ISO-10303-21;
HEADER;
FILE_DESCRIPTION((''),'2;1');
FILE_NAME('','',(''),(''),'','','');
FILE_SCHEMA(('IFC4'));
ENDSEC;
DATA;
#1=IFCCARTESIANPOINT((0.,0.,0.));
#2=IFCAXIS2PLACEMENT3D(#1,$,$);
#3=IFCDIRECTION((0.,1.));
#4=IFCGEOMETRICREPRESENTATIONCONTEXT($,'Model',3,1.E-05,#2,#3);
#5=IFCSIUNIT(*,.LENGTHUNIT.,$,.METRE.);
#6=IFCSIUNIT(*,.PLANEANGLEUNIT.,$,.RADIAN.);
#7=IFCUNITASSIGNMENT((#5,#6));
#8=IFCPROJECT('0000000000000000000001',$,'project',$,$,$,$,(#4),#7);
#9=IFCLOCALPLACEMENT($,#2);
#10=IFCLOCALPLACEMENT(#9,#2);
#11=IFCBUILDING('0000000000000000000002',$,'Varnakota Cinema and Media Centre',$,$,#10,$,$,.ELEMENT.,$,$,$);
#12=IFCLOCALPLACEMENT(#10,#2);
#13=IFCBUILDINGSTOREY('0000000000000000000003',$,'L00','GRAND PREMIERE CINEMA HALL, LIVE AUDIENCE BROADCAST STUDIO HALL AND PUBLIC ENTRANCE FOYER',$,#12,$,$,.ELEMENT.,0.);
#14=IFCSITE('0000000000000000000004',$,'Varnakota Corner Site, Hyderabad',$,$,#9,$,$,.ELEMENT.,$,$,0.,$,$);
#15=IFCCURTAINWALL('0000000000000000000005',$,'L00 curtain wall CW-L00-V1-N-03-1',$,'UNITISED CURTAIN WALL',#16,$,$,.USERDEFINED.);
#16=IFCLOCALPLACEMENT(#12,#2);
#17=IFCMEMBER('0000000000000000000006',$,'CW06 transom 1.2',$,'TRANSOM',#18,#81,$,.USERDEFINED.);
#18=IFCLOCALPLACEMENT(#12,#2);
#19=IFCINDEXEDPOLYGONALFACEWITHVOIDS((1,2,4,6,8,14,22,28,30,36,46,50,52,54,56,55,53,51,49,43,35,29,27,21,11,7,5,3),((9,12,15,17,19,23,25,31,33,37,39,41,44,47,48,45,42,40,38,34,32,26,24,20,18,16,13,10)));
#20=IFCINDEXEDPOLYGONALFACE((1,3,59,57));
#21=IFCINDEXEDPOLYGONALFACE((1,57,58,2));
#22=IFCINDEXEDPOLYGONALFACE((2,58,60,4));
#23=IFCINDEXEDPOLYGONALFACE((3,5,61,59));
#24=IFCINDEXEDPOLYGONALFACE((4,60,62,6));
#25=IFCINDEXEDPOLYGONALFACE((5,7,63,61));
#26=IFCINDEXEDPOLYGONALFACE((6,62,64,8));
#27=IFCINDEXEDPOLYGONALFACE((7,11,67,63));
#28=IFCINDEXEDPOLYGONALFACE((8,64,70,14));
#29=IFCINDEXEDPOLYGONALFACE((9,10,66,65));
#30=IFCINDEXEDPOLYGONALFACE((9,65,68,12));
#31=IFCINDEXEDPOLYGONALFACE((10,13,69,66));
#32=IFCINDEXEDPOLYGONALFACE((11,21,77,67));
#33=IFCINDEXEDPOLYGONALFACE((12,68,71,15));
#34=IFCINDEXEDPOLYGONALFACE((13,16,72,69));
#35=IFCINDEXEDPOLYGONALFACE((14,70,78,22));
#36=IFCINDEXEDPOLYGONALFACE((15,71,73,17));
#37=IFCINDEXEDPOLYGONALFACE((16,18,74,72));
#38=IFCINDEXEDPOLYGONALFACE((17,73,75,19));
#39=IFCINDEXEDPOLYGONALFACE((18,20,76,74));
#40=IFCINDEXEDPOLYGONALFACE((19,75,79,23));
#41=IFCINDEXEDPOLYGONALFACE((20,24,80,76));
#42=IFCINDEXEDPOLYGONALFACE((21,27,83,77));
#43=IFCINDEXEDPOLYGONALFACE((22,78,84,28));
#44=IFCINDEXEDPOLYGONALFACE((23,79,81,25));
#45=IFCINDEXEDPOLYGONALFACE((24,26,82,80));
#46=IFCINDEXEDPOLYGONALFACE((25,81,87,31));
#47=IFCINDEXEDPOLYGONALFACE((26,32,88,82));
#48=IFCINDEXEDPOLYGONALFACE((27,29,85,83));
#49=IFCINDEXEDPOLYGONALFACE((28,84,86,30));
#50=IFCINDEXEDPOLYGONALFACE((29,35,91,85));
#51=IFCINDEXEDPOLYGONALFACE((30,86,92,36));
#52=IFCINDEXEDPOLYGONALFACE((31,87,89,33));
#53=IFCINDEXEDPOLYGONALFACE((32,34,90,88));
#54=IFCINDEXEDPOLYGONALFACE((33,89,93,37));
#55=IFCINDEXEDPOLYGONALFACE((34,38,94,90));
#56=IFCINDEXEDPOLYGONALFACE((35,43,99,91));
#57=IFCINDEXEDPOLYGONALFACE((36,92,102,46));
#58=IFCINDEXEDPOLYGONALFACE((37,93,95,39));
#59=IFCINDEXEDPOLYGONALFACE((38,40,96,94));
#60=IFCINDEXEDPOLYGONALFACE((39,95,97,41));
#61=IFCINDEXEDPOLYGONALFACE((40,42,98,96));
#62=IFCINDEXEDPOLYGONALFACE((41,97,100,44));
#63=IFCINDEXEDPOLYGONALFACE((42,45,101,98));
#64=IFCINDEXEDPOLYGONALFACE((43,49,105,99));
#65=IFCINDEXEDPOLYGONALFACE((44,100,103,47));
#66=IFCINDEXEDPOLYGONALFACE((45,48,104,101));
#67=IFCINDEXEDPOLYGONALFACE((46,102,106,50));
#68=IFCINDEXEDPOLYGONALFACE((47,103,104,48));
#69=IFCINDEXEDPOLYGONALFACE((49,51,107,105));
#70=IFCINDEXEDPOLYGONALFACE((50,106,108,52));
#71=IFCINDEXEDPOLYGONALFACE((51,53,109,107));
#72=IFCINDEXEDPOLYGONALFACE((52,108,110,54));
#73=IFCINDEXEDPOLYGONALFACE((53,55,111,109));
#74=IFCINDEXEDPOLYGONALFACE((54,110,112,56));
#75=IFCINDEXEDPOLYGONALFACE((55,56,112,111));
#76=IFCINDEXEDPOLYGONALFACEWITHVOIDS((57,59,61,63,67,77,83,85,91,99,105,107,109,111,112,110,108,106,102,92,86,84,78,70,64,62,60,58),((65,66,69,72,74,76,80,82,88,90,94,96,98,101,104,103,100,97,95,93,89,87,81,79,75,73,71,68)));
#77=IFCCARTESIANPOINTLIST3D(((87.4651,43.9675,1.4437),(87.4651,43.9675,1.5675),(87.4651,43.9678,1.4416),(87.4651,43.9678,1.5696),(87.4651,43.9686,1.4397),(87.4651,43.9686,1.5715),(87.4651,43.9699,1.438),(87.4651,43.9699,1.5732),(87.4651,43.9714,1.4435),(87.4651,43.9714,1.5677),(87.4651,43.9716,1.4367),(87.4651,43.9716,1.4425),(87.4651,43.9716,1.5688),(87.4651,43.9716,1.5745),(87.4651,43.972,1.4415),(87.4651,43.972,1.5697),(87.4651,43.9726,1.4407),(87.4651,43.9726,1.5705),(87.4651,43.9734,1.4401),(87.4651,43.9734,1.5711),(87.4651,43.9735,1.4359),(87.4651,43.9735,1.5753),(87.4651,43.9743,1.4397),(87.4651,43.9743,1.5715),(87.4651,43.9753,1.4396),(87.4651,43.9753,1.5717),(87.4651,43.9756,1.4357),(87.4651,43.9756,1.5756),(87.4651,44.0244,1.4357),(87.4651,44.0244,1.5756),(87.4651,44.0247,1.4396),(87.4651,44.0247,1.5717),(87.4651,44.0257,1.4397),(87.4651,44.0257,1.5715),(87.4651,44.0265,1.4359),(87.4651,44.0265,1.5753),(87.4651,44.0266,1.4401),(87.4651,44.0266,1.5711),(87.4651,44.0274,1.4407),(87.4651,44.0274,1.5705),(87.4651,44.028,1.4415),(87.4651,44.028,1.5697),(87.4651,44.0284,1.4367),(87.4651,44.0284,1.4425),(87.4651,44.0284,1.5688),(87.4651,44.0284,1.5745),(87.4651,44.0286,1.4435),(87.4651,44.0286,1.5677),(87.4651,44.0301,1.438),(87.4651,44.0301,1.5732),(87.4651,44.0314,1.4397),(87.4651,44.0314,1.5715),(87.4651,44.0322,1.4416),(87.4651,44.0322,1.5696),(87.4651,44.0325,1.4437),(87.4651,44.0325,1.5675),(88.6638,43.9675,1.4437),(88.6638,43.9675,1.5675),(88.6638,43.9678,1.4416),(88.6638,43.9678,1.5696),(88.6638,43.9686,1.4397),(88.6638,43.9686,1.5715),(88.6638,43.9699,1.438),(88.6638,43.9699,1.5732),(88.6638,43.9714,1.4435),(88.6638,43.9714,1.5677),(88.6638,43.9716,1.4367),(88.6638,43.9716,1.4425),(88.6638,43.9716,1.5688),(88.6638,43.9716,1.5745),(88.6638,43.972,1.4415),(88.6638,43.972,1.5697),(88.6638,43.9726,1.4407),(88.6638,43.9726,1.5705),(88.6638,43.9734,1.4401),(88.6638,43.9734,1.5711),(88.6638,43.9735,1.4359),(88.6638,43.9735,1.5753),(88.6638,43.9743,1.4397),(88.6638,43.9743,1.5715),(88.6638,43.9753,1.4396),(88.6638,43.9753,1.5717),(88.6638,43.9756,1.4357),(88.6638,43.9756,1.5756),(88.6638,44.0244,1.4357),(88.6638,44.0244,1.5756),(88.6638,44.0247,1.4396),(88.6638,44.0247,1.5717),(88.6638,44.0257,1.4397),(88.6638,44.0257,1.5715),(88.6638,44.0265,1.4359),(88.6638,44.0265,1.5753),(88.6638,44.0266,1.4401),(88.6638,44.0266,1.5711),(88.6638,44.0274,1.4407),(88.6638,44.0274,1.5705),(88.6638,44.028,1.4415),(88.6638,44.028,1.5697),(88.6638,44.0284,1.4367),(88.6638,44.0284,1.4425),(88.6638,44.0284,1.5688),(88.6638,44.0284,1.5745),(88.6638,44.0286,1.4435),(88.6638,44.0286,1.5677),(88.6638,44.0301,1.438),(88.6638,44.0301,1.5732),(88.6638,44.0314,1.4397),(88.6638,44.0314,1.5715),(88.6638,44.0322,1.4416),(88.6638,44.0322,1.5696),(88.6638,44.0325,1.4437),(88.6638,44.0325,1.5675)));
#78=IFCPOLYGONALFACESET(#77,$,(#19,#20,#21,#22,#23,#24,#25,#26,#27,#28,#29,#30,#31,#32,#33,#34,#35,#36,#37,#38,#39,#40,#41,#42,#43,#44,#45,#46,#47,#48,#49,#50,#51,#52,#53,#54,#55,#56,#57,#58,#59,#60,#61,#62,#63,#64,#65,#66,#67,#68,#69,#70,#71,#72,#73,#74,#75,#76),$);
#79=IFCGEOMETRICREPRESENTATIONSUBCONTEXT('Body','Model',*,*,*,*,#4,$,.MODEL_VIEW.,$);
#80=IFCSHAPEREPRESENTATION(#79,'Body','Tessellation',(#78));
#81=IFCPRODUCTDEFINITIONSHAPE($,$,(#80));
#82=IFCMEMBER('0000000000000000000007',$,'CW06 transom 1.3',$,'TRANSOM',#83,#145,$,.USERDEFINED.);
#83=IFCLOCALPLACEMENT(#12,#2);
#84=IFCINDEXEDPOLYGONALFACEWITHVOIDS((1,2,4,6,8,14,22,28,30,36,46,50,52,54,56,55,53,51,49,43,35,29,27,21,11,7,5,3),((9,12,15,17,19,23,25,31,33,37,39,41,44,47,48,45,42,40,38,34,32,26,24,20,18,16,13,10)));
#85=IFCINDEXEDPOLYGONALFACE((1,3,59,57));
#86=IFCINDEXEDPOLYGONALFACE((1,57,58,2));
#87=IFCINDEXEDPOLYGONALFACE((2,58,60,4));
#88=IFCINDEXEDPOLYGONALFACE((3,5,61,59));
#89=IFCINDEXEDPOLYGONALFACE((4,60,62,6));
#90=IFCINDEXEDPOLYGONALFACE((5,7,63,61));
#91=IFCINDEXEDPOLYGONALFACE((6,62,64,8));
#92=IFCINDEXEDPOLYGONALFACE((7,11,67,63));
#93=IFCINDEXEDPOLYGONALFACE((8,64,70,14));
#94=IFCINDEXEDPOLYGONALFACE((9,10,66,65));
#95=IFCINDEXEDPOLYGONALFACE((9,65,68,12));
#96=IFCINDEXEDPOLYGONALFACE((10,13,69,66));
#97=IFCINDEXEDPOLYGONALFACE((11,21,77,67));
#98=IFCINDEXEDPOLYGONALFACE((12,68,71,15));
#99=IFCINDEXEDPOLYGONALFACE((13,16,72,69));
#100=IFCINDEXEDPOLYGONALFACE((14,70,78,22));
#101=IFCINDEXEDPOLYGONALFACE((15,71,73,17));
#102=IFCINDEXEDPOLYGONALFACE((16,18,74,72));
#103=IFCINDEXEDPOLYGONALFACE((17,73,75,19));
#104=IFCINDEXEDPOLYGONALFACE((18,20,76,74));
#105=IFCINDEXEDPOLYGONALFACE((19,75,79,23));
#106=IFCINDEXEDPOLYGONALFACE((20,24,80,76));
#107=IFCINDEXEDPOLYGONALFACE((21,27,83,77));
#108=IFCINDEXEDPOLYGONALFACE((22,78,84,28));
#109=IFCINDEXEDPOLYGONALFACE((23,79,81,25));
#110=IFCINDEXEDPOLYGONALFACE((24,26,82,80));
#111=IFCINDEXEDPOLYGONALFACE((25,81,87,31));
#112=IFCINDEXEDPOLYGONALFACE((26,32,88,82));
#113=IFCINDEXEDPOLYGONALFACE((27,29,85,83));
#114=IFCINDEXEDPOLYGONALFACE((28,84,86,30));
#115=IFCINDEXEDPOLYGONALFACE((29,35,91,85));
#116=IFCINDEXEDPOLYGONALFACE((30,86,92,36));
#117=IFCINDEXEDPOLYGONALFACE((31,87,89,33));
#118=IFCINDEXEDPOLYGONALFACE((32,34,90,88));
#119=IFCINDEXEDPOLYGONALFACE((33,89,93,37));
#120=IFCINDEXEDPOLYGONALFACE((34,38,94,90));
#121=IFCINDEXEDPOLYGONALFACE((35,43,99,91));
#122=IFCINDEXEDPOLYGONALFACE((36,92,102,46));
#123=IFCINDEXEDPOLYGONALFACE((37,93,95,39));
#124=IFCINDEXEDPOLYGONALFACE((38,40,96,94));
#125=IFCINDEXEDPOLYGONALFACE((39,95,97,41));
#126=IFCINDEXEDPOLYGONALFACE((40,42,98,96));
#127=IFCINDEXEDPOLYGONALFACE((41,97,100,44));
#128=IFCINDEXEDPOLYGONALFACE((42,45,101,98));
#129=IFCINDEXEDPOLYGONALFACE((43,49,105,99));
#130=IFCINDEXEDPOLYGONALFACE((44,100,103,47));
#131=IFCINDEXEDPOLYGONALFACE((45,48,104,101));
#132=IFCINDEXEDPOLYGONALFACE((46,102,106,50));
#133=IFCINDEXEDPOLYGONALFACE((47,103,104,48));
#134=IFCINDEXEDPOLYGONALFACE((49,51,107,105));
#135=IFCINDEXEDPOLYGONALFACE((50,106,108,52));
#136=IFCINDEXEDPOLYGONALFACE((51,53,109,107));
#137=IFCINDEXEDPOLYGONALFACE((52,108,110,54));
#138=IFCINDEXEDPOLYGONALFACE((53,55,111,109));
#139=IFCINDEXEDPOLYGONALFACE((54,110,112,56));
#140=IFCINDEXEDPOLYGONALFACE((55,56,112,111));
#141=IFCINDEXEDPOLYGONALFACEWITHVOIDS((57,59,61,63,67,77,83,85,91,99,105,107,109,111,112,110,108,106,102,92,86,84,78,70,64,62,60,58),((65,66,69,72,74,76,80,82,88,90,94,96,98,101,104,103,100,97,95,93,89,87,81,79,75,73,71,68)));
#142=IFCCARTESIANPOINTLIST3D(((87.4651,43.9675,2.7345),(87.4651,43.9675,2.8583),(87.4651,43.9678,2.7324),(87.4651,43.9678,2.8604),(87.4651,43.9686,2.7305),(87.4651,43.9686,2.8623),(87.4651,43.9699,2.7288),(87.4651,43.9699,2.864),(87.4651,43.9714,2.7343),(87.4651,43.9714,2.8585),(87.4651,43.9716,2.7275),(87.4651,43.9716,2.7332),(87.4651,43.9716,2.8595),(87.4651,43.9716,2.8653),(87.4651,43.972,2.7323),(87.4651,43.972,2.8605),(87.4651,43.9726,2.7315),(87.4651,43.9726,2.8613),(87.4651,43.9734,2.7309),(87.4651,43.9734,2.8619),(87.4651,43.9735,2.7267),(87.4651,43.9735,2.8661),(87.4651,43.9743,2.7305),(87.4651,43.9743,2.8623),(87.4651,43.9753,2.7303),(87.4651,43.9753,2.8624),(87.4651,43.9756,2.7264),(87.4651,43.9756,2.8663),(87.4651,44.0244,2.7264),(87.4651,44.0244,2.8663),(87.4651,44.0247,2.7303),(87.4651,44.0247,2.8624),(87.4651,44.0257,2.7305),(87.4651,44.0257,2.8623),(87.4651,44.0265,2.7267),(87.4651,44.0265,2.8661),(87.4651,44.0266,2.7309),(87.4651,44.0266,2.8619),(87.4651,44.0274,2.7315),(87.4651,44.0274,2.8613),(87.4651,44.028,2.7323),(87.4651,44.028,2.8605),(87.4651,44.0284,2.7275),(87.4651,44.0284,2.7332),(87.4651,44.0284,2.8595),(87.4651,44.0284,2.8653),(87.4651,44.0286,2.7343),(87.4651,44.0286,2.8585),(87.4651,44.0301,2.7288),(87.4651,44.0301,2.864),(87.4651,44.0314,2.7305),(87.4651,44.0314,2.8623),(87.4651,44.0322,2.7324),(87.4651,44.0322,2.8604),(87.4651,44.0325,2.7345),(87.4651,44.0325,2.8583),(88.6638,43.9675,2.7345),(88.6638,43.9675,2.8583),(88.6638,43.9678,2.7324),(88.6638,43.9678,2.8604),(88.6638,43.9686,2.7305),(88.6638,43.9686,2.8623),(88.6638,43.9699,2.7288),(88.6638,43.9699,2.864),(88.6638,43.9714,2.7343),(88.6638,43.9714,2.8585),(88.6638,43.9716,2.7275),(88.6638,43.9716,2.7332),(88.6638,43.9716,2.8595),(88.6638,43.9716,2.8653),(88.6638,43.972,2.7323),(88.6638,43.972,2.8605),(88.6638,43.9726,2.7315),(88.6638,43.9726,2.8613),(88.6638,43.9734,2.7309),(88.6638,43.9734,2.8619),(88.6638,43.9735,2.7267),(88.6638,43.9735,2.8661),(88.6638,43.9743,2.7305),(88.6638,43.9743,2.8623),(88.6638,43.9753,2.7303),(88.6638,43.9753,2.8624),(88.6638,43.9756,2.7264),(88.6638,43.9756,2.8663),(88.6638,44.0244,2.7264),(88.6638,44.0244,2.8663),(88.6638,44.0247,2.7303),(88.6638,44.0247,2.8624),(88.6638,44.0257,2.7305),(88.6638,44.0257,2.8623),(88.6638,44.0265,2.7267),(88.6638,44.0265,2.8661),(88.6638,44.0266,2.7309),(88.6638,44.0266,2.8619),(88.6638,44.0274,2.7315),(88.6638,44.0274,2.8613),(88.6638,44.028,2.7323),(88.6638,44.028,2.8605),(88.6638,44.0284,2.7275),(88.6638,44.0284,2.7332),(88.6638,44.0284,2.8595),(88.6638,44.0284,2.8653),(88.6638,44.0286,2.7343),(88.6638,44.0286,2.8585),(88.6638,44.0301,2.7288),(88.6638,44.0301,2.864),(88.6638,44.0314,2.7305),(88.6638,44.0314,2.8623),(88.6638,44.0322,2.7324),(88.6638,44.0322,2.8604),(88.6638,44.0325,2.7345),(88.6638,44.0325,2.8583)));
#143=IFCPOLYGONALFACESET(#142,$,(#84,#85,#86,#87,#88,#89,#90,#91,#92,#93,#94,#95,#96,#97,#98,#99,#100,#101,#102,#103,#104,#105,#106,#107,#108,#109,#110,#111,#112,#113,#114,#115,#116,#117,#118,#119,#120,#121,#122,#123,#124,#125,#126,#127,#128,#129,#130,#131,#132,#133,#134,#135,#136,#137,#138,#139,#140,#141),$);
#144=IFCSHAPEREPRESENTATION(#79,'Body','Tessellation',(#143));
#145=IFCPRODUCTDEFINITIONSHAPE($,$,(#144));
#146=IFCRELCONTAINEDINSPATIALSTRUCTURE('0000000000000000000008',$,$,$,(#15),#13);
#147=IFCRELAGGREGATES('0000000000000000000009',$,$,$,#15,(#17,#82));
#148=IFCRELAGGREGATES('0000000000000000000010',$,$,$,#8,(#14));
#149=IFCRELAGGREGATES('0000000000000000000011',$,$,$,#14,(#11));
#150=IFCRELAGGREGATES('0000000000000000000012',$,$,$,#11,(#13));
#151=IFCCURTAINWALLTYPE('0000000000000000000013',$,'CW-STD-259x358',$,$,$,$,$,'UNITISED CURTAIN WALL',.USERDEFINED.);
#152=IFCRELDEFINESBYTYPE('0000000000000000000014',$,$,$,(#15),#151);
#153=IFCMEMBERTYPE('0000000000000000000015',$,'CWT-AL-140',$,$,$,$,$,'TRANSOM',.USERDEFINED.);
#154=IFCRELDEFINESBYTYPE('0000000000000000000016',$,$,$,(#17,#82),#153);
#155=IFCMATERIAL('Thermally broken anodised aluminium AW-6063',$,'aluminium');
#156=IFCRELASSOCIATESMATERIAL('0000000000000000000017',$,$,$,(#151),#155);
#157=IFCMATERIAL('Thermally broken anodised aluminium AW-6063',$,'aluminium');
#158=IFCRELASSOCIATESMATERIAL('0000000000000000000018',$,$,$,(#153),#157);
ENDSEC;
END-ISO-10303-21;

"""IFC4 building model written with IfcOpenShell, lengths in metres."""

from ifc_helpers import new_model, si_unit, direction, frame, origin, origin_2d, place, context, subcontext, project, spatial, hollow_rectangle, extrude, material, material_profile, profile_set, type_object, element, aggregate, save


model = new_model("IFC4")

# Units and contexts
model_context = context("Model", 3, precision=1e-05, world=origin(), true_north=direction((0.0, 1.0)))
body_context = subcontext(model_context, "Body", "Model", "MODEL_VIEW")
ifc_project = project(units=[si_unit("LENGTHUNIT", "METRE"), si_unit("PLANEANGLEUNIT", "RADIAN")], contexts=[model_context])

# Site, building, storey
site_placement = place(None, origin())
site = spatial("IfcSite", under=ifc_project, at=site_placement, Name="Varnakota Corner Site, Hyderabad", CompositionType="ELEMENT", RefElevation=0.0)
building_placement = place(site_placement, origin())
building = spatial("IfcBuilding", under=site, at=building_placement, Name="Varnakota Cinema and Media Centre", CompositionType="ELEMENT")
storey_placement = place(building_placement, origin())
storey = spatial("IfcBuildingStorey", under=building, at=storey_placement, Name="L00", Description="GRAND PREMIERE CINEMA HALL, LIVE AUDIENCE BROADCAST STUDIO HALL AND PUBLIC ENTRANCE FOYER", CompositionType="ELEMENT", Elevation=0.0)

# Curtain wall
ifc_material_1 = material(Name="Thermally broken anodised aluminium AW-6063", Category="aluminium")
curtain_wall_type = type_object("IfcCurtainWallType", Name="CW-STD-259x358", ElementType="UNITISED CURTAIN WALL", PredefinedType="USERDEFINED", material=ifc_material_1)
curtain_wall_1_placement = place(storey_placement, origin())
curtain_wall_1 = element("IfcCurtainWall", 1, at=curtain_wall_1_placement, inside=storey, type_object=curtain_wall_type, Name="L00 curtain wall CW-L00-V1-N-03-1", ObjectType="UNITISED CURTAIN WALL", PredefinedType="USERDEFINED")

# Members
ifc_material_2 = material(Name="Thermally broken anodised aluminium AW-6063", Category="aluminium")
ifc_material_profile_1 = material_profile(ifc_material_2, hollow_rectangle(XDim=0.0649, YDim=0.1399, WallThickness=0.0039, InnerFilletRadius=0.0039, OuterFilletRadius=0.0081, at=origin_2d()), Name="AL-TRANSOM 140x65x4")
ifc_profile_set_1 = profile_set([ifc_material_profile_1], Name="Thermally broken anodised aluminium AW-6063")
member_type_1 = type_object("IfcMemberType", Name="CWT-AL-140", ElementType="TRANSOM", PredefinedType="USERDEFINED", material=ifc_profile_set_1)
member_1_placement = place(storey_placement, frame((87.4651, 44.0, 1.5056), z_axis=(1.0, 0.0, 0.0), x_axis=(0.0, 1.0, 0.0)))
member_1 = element("IfcMember", 2, at=member_1_placement, type_object=member_type_1, Name="CW06 transom 1.2", ObjectType="TRANSOM", PredefinedType="USERDEFINED", context=body_context, shape_type="SweptSolid", body=[
    extrude(hollow_rectangle(XDim=0.0649, YDim=0.1399, WallThickness=0.0039, InnerFilletRadius=0.0039, OuterFilletRadius=0.0081, at=origin_2d()), origin(), (0.0, 0.0, 1.0), 1.1987),
])
member_2_placement = place(storey_placement, frame((87.4651, 44.0, 2.7964), z_axis=(1.0, 0.0, 0.0), x_axis=(0.0, 1.0, 0.0)))
member_2 = element("IfcMember", 3, at=member_2_placement, type_object=member_type_1, Name="CW06 transom 1.3", ObjectType="TRANSOM", PredefinedType="USERDEFINED", context=body_context, shape_type="SweptSolid", body=[
    extrude(hollow_rectangle(XDim=0.0649, YDim=0.1399, WallThickness=0.0039, InnerFilletRadius=0.0039, OuterFilletRadius=0.0081, at=origin_2d()), origin(), (0.0, 0.0, 1.0), 1.1987),
])

aggregate(curtain_wall_1, [member_1, member_2])

save(model, "model.ifc")
